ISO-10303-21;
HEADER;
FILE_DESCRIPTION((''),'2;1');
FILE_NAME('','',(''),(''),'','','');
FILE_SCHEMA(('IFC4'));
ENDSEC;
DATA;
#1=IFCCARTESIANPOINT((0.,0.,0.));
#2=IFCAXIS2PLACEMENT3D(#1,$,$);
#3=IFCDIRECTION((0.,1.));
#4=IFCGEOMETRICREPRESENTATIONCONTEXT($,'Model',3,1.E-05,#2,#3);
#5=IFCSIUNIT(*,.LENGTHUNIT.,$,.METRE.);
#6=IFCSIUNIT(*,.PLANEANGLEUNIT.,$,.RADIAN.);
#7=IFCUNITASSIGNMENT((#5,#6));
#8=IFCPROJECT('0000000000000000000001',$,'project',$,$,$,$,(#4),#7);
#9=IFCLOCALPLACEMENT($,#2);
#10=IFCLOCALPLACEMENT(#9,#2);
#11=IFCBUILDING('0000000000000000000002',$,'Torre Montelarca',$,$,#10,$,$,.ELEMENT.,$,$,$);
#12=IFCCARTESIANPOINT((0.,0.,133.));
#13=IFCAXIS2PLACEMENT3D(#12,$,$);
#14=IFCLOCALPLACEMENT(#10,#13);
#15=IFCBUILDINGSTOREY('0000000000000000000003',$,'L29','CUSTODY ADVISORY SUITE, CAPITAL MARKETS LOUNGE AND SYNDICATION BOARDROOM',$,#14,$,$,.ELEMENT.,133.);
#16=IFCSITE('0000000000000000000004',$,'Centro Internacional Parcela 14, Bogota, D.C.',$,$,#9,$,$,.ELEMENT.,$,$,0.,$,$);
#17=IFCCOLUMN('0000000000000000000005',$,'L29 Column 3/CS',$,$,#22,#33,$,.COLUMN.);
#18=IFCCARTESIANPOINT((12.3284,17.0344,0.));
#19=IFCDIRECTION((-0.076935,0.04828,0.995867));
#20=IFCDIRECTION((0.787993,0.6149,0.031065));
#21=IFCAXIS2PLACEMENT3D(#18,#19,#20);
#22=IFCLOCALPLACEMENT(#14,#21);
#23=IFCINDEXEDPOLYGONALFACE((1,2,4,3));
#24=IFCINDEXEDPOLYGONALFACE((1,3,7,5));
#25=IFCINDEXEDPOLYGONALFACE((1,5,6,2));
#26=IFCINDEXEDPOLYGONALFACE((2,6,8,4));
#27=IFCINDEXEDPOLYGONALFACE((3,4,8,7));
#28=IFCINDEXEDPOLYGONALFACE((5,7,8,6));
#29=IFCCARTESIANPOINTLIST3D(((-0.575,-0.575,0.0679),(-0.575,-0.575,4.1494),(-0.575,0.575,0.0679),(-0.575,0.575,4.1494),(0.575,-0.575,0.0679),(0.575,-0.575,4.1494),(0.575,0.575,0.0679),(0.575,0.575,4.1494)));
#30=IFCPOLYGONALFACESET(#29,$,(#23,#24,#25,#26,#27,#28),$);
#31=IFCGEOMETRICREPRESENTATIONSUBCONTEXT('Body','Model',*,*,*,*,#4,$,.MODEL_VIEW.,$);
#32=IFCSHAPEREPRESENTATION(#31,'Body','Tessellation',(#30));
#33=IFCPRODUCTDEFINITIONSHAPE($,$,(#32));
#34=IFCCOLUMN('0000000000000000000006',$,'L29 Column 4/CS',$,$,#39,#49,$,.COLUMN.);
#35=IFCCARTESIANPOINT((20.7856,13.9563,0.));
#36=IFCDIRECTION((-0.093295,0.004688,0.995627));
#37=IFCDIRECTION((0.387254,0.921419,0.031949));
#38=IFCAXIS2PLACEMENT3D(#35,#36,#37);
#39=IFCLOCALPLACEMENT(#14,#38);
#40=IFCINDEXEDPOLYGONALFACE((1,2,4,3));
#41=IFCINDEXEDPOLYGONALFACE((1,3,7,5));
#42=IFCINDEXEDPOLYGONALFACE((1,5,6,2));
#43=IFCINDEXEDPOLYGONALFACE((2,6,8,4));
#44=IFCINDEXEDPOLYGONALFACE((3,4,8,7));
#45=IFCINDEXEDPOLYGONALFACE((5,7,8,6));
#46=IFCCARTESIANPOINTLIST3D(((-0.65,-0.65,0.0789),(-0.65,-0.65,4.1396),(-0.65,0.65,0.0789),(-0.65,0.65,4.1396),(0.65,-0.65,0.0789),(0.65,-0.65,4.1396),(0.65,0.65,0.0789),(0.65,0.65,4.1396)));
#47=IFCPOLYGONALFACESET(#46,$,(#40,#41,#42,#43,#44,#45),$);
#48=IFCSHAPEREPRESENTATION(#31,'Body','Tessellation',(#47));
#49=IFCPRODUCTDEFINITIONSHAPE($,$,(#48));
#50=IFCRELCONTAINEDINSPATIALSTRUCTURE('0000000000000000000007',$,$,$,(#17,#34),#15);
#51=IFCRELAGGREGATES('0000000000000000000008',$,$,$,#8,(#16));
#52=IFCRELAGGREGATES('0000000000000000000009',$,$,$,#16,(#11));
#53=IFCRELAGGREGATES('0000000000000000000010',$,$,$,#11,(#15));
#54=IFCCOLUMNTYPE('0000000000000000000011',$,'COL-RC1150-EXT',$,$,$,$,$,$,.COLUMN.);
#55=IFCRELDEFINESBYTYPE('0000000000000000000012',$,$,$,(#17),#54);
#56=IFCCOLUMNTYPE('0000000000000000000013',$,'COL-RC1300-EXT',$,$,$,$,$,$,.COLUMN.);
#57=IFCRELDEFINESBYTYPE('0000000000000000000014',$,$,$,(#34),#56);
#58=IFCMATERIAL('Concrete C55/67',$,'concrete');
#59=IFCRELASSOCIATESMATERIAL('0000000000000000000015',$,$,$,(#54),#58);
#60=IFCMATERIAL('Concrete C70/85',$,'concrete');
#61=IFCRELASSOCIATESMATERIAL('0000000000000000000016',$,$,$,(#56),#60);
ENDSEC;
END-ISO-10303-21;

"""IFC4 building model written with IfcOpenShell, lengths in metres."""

from ifc_helpers import new_model, si_unit, direction, frame, origin, origin_2d, place, context, subcontext, project, spatial, rectangle, extrude, clip, halfspace, material, material_profile, profile_set, type_object, element, save


model = new_model("IFC4")

# Units and contexts
model_context = context("Model", 3, precision=1e-05, world=origin(), true_north=direction((0.0, 1.0)))
body_context = subcontext(model_context, "Body", "Model", "MODEL_VIEW")
ifc_project = project(units=[si_unit("LENGTHUNIT", "METRE"), si_unit("PLANEANGLEUNIT", "RADIAN")], contexts=[model_context])

# Site, building, storey
site_placement = place(None, origin())
site = spatial("IfcSite", under=ifc_project, at=site_placement, Name="Centro Internacional Parcela 14, Bogota, D.C.", CompositionType="ELEMENT", RefElevation=0.0)
building_placement = place(site_placement, origin())
building = spatial("IfcBuilding", under=site, at=building_placement, Name="Torre Montelarca", CompositionType="ELEMENT")
storey_placement = place(building_placement, frame((0.0, 0.0, 133.0)))
storey = spatial("IfcBuildingStorey", under=building, at=storey_placement, Name="L29", Description="CUSTODY ADVISORY SUITE, CAPITAL MARKETS LOUNGE AND SYNDICATION BOARDROOM", CompositionType="ELEMENT", Elevation=133.0)

# Columns
ifc_material_1 = material(Name="Concrete C55/67", Category="concrete")
ifc_material_profile_1 = material_profile(ifc_material_1, rectangle(XDim=1.1499, YDim=1.1499, at=origin_2d()), Name="RC1150X1150", Category="concrete")
ifc_profile_set_1 = profile_set([ifc_material_profile_1], Name="Concrete C55/67")
column_type_1 = type_object("IfcColumnType", Name="COL-RC1150-EXT", PredefinedType="COLUMN", material=ifc_profile_set_1)
column_1_placement = place(storey_placement, frame((12.3284, 17.0344, 0.0), z_axis=(-0.076935, 0.04828, 0.995867), x_axis=(0.787993, 0.6149, 0.031065)))
element("IfcColumn", 1, at=column_1_placement, inside=storey, type_object=column_type_1, Name="L29 Column 3/CS", PredefinedType="COLUMN", context=body_context, shape_type="Clipping", body=[
    clip(clip(extrude(rectangle(XDim=1.1499, YDim=1.1499, at=origin_2d()), origin(), (0.0, 0.0, 1.0), 4.2173), halfspace(frame((0.0, 0.0, 0.0679), z_axis=(0.0, 0.0, -1.0), x_axis=(1.0, 0.0, 0.0)), False)), halfspace(frame((0.0, 0.0, 4.1494), z_axis=(0.0, 0.0, 1.0), x_axis=(1.0, 0.0, 0.0)), False)),
])
ifc_material_2 = material(Name="Concrete C70/85", Category="concrete")
ifc_material_profile_2 = material_profile(ifc_material_2, rectangle(XDim=1.3, YDim=1.3, at=origin_2d()), Name="RC1300X1300", Category="concrete")
ifc_profile_set_2 = profile_set([ifc_material_profile_2], Name="Concrete C70/85")
column_type_2 = type_object("IfcColumnType", Name="COL-RC1300-EXT", PredefinedType="COLUMN", material=ifc_profile_set_2)
column_2_placement = place(storey_placement, frame((20.7856, 13.9563, 0.0), z_axis=(-0.093295, 0.004688, 0.995627), x_axis=(0.387254, 0.921419, 0.031949)))
element("IfcColumn", 2, at=column_2_placement, inside=storey, type_object=column_type_2, Name="L29 Column 4/CS", PredefinedType="COLUMN", context=body_context, shape_type="Clipping", body=[
    clip(clip(extrude(rectangle(XDim=1.3, YDim=1.3, at=origin_2d()), origin(), (0.0, 0.0, 1.0), 4.2185), halfspace(frame((0.0, 0.0, 0.0789), z_axis=(0.0, 0.0, -1.0), x_axis=(1.0, 0.0, 0.0)), False)), halfspace(frame((0.0, 0.0, 4.1396), z_axis=(0.0, 0.0, 1.0), x_axis=(1.0, 0.0, 0.0)), False)),
])

save(model, "model.ifc")
